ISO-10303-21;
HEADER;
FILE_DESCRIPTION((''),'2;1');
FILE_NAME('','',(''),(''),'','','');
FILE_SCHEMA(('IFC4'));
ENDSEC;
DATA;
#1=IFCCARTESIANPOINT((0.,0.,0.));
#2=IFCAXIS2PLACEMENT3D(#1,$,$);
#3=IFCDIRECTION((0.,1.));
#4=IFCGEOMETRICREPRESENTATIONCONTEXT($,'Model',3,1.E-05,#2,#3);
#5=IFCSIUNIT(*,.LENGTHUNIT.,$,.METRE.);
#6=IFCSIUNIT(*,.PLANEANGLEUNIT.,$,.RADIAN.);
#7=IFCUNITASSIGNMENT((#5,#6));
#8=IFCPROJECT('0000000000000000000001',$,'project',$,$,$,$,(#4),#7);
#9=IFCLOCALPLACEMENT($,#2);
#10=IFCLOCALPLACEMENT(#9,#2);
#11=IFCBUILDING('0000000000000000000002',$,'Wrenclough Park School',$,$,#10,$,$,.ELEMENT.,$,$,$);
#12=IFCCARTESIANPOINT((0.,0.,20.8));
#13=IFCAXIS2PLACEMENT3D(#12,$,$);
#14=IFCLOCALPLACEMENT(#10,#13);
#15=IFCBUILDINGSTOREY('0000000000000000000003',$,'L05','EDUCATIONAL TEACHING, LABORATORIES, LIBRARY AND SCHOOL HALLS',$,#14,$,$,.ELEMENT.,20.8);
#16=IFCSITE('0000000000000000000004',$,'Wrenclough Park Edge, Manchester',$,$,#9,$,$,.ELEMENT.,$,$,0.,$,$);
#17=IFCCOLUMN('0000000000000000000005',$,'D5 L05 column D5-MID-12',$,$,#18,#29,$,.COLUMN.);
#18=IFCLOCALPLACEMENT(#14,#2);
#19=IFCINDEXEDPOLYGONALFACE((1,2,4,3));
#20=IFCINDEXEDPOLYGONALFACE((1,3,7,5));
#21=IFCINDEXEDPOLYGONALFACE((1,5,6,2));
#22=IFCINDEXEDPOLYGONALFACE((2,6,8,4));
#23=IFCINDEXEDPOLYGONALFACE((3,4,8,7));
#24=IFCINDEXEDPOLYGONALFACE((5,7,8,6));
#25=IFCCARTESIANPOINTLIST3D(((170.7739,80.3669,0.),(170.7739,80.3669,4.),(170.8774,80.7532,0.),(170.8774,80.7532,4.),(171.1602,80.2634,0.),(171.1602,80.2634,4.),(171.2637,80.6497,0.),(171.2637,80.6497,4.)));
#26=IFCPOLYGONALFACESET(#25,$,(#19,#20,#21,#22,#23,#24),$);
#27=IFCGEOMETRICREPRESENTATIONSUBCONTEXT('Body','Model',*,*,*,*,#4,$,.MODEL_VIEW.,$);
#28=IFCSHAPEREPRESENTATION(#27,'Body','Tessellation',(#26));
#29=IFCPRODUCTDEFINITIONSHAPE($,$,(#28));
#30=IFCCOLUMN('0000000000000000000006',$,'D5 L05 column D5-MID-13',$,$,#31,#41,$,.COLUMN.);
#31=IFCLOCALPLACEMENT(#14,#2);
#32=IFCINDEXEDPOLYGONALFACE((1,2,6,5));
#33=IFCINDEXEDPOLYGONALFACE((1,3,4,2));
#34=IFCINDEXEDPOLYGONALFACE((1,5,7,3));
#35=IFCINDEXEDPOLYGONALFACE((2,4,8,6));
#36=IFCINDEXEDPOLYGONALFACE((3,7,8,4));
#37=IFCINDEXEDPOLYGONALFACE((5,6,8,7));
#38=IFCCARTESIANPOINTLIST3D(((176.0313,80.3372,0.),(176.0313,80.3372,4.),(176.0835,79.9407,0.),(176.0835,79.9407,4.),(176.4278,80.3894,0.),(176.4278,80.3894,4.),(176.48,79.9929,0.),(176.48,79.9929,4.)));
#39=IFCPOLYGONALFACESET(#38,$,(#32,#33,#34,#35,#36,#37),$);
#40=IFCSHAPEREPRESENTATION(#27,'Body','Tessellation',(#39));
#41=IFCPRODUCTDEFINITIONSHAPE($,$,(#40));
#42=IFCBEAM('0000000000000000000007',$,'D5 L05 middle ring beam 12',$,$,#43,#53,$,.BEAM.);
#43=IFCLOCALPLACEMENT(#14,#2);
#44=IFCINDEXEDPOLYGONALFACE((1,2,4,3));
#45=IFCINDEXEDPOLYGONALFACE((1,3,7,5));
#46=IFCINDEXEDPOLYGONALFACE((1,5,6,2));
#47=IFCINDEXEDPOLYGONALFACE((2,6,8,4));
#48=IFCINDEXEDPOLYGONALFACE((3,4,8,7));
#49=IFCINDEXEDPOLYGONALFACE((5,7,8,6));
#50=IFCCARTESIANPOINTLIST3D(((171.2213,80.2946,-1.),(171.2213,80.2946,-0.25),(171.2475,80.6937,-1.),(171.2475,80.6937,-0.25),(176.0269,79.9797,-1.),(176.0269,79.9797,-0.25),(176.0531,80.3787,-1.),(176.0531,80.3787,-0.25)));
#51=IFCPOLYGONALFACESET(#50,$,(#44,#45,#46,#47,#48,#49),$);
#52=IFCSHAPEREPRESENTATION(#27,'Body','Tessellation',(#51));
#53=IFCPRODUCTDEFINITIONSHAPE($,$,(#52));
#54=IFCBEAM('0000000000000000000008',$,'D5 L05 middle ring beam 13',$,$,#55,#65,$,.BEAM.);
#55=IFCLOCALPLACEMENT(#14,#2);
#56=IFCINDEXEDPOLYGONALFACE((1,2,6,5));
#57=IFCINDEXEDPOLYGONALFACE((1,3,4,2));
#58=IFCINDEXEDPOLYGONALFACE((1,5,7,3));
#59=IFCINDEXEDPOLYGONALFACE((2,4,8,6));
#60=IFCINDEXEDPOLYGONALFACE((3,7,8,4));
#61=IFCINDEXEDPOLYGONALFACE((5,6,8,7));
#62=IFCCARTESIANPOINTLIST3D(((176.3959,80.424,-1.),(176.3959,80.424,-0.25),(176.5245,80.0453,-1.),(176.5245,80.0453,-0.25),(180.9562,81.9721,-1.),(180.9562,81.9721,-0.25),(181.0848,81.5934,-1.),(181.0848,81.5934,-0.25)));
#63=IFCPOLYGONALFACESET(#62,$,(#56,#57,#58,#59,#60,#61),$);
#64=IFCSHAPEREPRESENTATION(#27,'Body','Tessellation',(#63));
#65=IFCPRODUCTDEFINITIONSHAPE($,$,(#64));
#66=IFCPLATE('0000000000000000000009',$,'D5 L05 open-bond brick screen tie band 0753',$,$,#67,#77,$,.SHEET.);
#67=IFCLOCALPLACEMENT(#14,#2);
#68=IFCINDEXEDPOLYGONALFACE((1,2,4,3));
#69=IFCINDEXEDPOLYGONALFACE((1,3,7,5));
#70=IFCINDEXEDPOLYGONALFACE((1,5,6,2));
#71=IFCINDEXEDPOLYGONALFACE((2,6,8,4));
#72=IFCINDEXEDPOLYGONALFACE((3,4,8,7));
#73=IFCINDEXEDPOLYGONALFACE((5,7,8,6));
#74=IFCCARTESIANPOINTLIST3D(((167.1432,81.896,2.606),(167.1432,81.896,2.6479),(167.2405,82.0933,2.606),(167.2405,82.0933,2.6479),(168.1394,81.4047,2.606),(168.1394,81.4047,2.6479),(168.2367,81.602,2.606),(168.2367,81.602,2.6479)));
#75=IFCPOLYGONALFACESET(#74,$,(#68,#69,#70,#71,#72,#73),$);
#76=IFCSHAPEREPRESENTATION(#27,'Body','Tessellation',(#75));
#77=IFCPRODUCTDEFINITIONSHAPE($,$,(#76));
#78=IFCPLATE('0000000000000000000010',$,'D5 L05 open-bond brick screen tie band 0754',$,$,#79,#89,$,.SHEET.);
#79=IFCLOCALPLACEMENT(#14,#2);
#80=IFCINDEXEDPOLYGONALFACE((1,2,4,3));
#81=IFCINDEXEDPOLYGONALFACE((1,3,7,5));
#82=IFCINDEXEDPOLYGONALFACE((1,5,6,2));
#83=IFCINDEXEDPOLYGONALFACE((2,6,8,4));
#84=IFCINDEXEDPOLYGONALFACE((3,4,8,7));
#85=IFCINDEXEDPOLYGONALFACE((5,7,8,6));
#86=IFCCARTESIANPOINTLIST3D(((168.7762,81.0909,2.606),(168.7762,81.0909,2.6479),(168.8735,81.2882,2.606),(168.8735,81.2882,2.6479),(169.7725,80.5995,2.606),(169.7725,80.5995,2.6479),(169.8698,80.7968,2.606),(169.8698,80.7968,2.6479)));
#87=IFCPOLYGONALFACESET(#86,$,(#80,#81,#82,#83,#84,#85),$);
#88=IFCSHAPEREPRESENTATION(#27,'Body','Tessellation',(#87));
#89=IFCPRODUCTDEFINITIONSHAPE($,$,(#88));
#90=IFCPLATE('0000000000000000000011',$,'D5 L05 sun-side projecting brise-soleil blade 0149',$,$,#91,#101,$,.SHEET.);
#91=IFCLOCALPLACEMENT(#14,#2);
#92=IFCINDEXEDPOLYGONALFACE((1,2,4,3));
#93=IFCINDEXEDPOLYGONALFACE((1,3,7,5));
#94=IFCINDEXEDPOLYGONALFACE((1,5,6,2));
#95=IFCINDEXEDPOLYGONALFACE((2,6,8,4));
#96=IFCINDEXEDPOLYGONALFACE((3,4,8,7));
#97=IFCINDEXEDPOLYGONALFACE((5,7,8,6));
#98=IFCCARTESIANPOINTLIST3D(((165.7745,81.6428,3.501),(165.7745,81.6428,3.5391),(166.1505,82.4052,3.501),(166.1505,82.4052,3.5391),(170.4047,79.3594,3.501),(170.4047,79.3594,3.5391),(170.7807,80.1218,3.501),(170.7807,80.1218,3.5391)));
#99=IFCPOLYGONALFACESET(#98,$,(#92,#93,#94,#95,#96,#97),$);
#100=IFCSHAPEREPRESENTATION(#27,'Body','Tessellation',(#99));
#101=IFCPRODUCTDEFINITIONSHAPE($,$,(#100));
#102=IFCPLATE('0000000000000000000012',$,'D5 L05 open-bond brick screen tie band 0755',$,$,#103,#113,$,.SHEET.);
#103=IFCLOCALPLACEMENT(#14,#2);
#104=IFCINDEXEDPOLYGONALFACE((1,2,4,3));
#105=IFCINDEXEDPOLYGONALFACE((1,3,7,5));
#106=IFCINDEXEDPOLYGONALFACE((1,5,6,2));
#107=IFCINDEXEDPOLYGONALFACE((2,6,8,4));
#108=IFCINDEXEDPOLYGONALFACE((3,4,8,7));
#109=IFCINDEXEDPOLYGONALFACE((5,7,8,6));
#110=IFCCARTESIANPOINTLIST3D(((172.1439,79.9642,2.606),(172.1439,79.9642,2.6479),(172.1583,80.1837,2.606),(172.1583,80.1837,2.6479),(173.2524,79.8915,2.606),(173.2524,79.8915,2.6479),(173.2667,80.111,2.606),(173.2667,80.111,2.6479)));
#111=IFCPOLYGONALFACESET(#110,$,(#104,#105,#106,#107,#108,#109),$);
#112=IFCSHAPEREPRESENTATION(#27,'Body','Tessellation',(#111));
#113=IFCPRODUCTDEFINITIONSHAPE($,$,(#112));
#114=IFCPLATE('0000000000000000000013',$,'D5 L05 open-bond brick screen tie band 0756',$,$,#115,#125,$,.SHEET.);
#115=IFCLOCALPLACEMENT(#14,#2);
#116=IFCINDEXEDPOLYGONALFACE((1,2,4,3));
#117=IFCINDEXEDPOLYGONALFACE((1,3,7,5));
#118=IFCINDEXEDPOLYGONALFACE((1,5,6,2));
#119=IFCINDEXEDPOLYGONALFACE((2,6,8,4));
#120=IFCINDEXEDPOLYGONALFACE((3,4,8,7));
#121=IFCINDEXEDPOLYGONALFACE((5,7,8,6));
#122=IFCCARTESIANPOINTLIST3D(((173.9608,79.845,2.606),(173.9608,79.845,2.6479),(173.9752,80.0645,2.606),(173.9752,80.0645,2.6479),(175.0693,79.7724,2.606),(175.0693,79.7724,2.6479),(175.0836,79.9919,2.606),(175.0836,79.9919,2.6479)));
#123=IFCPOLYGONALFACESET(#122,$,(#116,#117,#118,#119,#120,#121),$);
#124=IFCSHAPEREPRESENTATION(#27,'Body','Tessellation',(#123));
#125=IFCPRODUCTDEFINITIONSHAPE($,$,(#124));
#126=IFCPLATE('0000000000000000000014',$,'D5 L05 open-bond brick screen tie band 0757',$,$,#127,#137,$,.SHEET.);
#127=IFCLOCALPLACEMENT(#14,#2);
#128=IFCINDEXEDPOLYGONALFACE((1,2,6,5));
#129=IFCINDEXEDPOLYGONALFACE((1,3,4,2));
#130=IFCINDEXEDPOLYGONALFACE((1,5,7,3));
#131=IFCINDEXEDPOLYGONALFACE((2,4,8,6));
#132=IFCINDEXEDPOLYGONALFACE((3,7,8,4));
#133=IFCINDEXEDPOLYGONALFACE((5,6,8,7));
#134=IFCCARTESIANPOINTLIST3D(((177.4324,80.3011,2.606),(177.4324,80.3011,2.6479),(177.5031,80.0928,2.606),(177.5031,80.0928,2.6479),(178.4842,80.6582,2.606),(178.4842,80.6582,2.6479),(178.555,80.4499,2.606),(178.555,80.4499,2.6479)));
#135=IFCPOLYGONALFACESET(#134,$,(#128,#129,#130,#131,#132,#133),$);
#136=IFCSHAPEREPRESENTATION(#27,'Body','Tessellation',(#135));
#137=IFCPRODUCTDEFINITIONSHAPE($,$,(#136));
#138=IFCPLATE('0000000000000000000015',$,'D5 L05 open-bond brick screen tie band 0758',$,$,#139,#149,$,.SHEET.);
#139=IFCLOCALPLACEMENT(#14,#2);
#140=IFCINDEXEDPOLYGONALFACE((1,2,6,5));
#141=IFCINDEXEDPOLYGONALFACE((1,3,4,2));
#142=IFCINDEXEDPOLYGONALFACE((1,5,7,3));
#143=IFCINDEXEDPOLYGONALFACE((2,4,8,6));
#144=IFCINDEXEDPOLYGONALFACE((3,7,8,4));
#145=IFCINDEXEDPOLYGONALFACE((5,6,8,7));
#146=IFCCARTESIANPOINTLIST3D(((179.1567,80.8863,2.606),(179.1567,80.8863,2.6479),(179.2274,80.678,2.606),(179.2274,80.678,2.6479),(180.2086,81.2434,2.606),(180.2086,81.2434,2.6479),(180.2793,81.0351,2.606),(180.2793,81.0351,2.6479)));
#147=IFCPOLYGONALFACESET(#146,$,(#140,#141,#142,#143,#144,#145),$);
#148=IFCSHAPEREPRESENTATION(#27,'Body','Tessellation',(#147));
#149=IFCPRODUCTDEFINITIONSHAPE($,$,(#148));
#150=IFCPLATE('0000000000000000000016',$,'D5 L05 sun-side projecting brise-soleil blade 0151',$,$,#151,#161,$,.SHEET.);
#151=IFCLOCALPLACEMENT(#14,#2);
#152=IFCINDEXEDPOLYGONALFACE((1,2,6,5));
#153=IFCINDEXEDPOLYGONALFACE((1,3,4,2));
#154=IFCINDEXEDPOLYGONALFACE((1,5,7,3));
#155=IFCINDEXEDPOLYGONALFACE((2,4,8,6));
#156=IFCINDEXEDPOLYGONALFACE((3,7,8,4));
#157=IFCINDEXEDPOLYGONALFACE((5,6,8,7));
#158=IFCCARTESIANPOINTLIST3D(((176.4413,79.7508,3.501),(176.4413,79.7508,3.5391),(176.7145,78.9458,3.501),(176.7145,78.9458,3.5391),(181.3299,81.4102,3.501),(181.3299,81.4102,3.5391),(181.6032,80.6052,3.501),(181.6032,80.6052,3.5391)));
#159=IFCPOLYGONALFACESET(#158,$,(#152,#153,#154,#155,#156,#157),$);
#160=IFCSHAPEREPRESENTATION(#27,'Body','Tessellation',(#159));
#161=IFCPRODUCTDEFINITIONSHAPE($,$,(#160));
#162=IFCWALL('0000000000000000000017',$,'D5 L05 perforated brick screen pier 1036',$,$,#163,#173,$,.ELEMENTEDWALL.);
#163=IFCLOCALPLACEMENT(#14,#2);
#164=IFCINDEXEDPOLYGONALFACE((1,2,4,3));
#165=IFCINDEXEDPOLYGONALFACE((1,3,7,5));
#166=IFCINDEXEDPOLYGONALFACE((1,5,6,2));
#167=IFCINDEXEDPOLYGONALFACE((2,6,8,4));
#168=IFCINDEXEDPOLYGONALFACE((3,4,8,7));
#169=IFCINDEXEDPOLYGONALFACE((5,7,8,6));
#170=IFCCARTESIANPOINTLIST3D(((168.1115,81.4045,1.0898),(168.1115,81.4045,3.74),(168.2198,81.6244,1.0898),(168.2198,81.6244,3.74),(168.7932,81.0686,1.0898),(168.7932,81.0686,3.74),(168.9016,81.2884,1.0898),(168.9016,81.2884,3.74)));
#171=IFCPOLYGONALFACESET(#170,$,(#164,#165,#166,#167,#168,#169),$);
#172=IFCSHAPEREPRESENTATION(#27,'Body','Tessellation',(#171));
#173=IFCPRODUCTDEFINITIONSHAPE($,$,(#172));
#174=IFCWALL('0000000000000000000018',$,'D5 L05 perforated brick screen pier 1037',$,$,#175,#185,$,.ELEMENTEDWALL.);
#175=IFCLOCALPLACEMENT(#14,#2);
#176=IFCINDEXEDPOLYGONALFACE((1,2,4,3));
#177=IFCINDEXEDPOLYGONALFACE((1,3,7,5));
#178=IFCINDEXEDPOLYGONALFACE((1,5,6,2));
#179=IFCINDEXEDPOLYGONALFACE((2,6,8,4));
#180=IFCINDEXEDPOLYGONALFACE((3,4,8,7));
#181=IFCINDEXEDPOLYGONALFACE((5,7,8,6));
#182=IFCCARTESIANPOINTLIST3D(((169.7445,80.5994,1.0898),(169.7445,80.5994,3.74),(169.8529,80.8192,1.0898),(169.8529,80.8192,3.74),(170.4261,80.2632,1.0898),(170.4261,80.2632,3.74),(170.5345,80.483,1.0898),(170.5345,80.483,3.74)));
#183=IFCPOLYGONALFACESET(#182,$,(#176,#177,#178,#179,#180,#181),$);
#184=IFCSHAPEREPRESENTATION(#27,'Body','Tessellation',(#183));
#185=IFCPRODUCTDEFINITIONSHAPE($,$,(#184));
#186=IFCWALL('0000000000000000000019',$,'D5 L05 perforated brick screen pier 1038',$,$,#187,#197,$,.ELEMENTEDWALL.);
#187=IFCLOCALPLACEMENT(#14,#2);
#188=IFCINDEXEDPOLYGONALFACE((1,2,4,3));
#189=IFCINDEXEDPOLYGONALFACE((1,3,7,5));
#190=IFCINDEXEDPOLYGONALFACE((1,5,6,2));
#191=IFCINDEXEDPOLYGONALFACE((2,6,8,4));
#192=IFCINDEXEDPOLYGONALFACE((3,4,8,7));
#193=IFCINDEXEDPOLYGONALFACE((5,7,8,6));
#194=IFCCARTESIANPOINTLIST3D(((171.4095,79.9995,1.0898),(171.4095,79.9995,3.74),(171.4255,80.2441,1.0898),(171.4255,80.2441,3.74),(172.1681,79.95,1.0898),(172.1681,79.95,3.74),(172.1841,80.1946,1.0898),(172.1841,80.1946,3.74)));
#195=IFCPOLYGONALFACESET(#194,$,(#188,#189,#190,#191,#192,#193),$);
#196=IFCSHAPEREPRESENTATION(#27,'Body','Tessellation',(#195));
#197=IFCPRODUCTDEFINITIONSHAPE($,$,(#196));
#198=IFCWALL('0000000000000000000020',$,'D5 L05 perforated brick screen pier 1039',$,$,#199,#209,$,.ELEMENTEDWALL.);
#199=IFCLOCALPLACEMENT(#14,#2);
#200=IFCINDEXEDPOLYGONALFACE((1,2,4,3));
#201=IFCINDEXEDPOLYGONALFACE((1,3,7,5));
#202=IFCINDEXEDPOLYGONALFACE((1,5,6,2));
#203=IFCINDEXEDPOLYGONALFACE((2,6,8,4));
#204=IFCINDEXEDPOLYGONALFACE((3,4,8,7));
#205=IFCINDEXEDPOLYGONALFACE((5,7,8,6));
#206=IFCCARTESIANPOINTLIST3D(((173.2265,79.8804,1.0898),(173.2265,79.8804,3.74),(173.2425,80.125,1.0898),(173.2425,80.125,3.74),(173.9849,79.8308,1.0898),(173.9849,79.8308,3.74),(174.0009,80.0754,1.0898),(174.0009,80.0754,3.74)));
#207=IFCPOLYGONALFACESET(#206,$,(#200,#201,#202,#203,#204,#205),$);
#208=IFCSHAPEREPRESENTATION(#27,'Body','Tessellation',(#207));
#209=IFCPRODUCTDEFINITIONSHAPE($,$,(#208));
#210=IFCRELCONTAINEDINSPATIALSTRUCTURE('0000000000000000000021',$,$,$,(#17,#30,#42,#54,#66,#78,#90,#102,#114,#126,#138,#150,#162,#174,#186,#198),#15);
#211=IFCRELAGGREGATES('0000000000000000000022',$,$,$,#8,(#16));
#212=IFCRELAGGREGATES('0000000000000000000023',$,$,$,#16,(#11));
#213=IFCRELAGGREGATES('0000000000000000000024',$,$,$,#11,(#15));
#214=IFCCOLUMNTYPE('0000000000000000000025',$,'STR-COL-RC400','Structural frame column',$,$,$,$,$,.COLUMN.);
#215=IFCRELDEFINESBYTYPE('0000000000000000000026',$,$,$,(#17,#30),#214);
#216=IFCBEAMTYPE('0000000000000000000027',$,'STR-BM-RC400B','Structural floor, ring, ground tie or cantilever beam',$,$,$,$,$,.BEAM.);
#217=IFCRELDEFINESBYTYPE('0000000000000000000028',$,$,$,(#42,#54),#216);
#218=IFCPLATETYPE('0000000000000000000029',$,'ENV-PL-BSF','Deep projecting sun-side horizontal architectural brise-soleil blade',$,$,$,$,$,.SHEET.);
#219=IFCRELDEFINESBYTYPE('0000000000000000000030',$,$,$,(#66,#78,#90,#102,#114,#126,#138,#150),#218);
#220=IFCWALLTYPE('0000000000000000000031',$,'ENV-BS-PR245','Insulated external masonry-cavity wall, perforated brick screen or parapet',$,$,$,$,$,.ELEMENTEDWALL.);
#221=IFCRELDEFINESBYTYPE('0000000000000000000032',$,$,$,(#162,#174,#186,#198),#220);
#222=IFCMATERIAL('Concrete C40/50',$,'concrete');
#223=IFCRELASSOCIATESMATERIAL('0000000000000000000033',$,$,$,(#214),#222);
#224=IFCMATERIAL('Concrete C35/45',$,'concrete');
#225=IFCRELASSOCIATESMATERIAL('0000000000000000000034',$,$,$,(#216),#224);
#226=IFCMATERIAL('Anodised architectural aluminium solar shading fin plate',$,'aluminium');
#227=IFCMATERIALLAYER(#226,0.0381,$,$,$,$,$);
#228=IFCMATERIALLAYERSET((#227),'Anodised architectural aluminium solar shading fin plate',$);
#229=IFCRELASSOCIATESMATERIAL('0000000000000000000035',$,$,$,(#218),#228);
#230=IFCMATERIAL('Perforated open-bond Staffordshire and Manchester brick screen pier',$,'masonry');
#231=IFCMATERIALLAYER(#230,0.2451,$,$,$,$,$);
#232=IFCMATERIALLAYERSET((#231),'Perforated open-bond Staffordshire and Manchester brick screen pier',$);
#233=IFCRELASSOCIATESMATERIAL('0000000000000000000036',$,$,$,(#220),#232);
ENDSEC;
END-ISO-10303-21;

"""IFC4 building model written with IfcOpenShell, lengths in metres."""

from ifc_helpers import new_model, si_unit, direction, frame, frame_2d, origin, origin_2d, place, context, subcontext, project, spatial, rectangle, extrude, material, layer, layer_set, material_profile, profile_set, type_object, element, save


model = new_model("IFC4")

# Units and contexts
model_context = context("Model", 3, precision=1e-05, world=origin(), true_north=direction((0.0, 1.0)))
body_context = subcontext(model_context, "Body", "Model", "MODEL_VIEW")
ifc_project = project(units=[si_unit("LENGTHUNIT", "METRE"), si_unit("PLANEANGLEUNIT", "RADIAN")], contexts=[model_context])

# Site, building, storey
site_placement = place(None, origin())
site = spatial("IfcSite", under=ifc_project, at=site_placement, Name="Wrenclough Park Edge, Manchester", CompositionType="ELEMENT", RefElevation=0.0)
building_placement = place(site_placement, origin())
building = spatial("IfcBuilding", under=site, at=building_placement, Name="Wrenclough Park School", CompositionType="ELEMENT")
storey_placement = place(building_placement, frame((0.0, 0.0, 20.8)))
storey = spatial("IfcBuildingStorey", under=building, at=storey_placement, Name="L05", Description="EDUCATIONAL TEACHING, LABORATORIES, LIBRARY AND SCHOOL HALLS", CompositionType="ELEMENT", Elevation=20.8)

# Columns
ifc_material_1 = material(Name="Concrete C40/50", Category="concrete")
ifc_material_profile_1 = material_profile(ifc_material_1, rectangle(XDim=0.3999, YDim=0.3999, at=origin_2d()), Name="RC COL 400x400")
ifc_profile_set_1 = profile_set([ifc_material_profile_1], Name="Concrete C40/50")
column_type = type_object("IfcColumnType", Name="STR-COL-RC400", Description="Structural frame column", PredefinedType="COLUMN", material=ifc_profile_set_1)
for number, where, z_axis, x_axis, name in (
    (1, (171.0188, 80.5083, 0.0), (0.0, 0.0, 1.0), (0.965926, -0.258819, 0.0), "D5 L05 column D5-MID-12"),
    (2, (176.2556, 80.165, 0.0), (0.0, 0.0, 1.0), (0.991445, 0.130526, 0.0), "D5 L05 column D5-MID-13"),
):
    element("IfcColumn", number, at=place(storey_placement, frame(where, z_axis=z_axis, x_axis=x_axis)), inside=storey, type_object=column_type, Name=name, PredefinedType="COLUMN", context=body_context, shape_type="SweptSolid", body=[
        extrude(rectangle(XDim=0.3999, YDim=0.3999, at=origin_2d()), origin(), (0.0, 0.0, 1.0), 4.0),
    ])

# Beams
ifc_material_2 = material(Name="Concrete C35/45", Category="concrete")
ifc_material_profile_2 = material_profile(ifc_material_2, rectangle(XDim=0.3999, YDim=0.75, at=origin_2d()), Name="RC BEAM 400x750")
ifc_profile_set_2 = profile_set([ifc_material_profile_2], Name="Concrete C35/45")
beam_type = type_object("IfcBeamType", Name="STR-BM-RC400B", Description="Structural floor, ring, ground tie or cantilever beam", PredefinedType="BEAM", material=ifc_profile_set_2)
for number, where, z_axis, x_axis, name in (
    (3, (171.2344, 80.4941, -0.625), (0.997859, -0.065395, 0.0), (0.065395, 0.997859, 0.0), "D5 L05 middle ring beam 12"),
    (4, (176.4602, 80.2346, -0.625), (0.946925, 0.321455, 0.0), (-0.321455, 0.946925, 0.0), "D5 L05 middle ring beam 13"),
):
    element("IfcBeam", number, at=place(storey_placement, frame(where, z_axis=z_axis, x_axis=x_axis)), inside=storey, type_object=beam_type, Name=name, PredefinedType="BEAM", context=body_context, shape_type="SweptSolid", body=[
        extrude(rectangle(XDim=0.3999, YDim=0.75, at=origin_2d()), origin(), (0.0, 0.0, 1.0), 4.8159),
    ])

# Plates
ifc_material_3 = material(Name="Anodised architectural aluminium solar shading fin plate", Category="aluminium")
ifc_layer_1 = layer(ifc_material_3, 0.0381)
ifc_layer_set_1 = layer_set([ifc_layer_1], Name="Anodised architectural aluminium solar shading fin plate")
plate_type = type_object("IfcPlateType", Name="ENV-PL-BSF", Description="Deep projecting sun-side horizontal architectural brise-soleil blade", PredefinedType="SHEET", material=ifc_layer_set_1)
for number, where, z_axis, x_axis, name in (
    (5, (167.6899, 81.749, 2.606), (0.0, 0.0, 1.0), (0.896867, -0.442301, 0.0), "D5 L05 open-bond brick screen tie band 0753"),
    (6, (169.323, 80.9438, 2.606), (0.0, 0.0, 1.0), (0.896867, -0.442301, 0.0), "D5 L05 open-bond brick screen tie band 0754"),
):
    element("IfcPlate", number, at=place(storey_placement, frame(where, z_axis=z_axis, x_axis=x_axis)), inside=storey, type_object=plate_type, Name=name, PredefinedType="SHEET", context=body_context, shape_type="SweptSolid", body=[
        extrude(rectangle(XDim=1.1108, YDim=0.22, at=origin_2d()), origin(), (0.0, 0.0, 1.0), 0.042),
    ])
plate_1_placement = place(storey_placement, frame((168.2776, 80.8823, 3.501), z_axis=(0.0, 0.0, 1.0), x_axis=(0.896867, -0.442301, 0.0)))
element("IfcPlate", 7, at=plate_1_placement, inside=storey, type_object=plate_type, Name="D5 L05 sun-side projecting brise-soleil blade 0149", PredefinedType="SHEET", context=body_context, shape_type="SweptSolid", body=[
    extrude(rectangle(XDim=5.1626, YDim=0.8501, at=origin_2d()), origin(), (0.0, 0.0, 1.0), 0.0381),
])
for number, where, z_axis, x_axis, name in (
    (8, (172.7053, 80.0376, 2.606), (0.0, 0.0, 1.0), (0.99786, -0.06539, 0.0), "D5 L05 open-bond brick screen tie band 0755"),
    (9, (174.5222, 79.9185, 2.606), (0.0, 0.0, 1.0), (0.99786, -0.06539, 0.0), "D5 L05 open-bond brick screen tie band 0756"),
    (10, (177.9937, 80.3755, 2.606), (0.0, 0.0, 1.0), (0.946934, 0.321429, 0.0), "D5 L05 open-bond brick screen tie band 0757"),
    (11, (179.718, 80.9607, 2.606), (0.0, 0.0, 1.0), (0.946934, 0.321429, 0.0), "D5 L05 open-bond brick screen tie band 0758"),
):
    element("IfcPlate", number, at=place(storey_placement, frame(where, z_axis=z_axis, x_axis=x_axis)), inside=storey, type_object=plate_type, Name=name, PredefinedType="SHEET", context=body_context, shape_type="SweptSolid", body=[
        extrude(rectangle(XDim=1.1108, YDim=0.22, at=origin_2d()), origin(), (0.0, 0.0, 1.0), 0.042),
    ])
plate_2_placement = place(storey_placement, frame((179.0222, 80.178, 3.501), z_axis=(0.0, 0.0, 1.0), x_axis=(0.946934, 0.321429, 0.0)))
element("IfcPlate", 12, at=plate_2_placement, inside=storey, type_object=plate_type, Name="D5 L05 sun-side projecting brise-soleil blade 0151", PredefinedType="SHEET", context=body_context, shape_type="SweptSolid", body=[
    extrude(rectangle(XDim=5.1626, YDim=0.8501, at=origin_2d()), origin(), (0.0, 0.0, 1.0), 0.0381),
])

# Walls
ifc_material_4 = material(Name="Perforated open-bond Staffordshire and Manchester brick screen pier", Category="masonry")
ifc_layer_2 = layer(ifc_material_4, 0.2451)
ifc_layer_set_2 = layer_set([ifc_layer_2], Name="Perforated open-bond Staffordshire and Manchester brick screen pier")
wall_type_1 = type_object("IfcWallType", Name="ENV-BS-PR245", Description="Insulated external masonry-cavity wall, perforated brick screen or parapet", PredefinedType="ELEMENTEDWALL", material=ifc_layer_set_2)
for number, where, z_axis, x_axis, name in (
    (13, (168.1658, 81.5144, 1.0898), (0.0, 0.0, 1.0), (0.896983, -0.442066, 0.0), "D5 L05 perforated brick screen pier 1036"),
    (14, (169.7988, 80.7092, 1.0898), (0.0, 0.0, 1.0), (0.896855, -0.442324, 0.0), "D5 L05 perforated brick screen pier 1037"),
):
    element("IfcWall", number, at=place(storey_placement, frame(where, z_axis=z_axis, x_axis=x_axis)), inside=storey, type_object=wall_type_1, Name=name, PredefinedType="ELEMENTEDWALL", context=body_context, shape_type="SweptSolid", body=[
        extrude(rectangle(XDim=0.76, YDim=0.2451, at=frame_2d((0.3799, 0.0))), origin(), (0.0, 0.0, 1.0), 2.6501),
    ])
wall_1_placement = place(storey_placement, frame((171.4175, 80.1218, 1.0898), z_axis=(0.0, 0.0, 1.0), x_axis=(0.997872, -0.065197, 0.0)))
element("IfcWall", 15, at=wall_1_placement, inside=storey, type_object=wall_type_1, Name="D5 L05 perforated brick screen pier 1038", PredefinedType="ELEMENTEDWALL", context=body_context, shape_type="SweptSolid", body=[
    extrude(rectangle(XDim=0.7603, YDim=0.2451, at=frame_2d((0.3801, 0.0))), origin(), (0.0, 0.0, 1.0), 2.6501),
])
for number, where, z_axis, x_axis, name in (
    (16, (173.2346, 80.0027, 1.0898), (0.0, 0.0, 1.0), (0.997871, -0.065218, 0.0), "D5 L05 perforated brick screen pier 1039"),
):
    element("IfcWall", number, at=place(storey_placement, frame(where, z_axis=z_axis, x_axis=x_axis)), inside=storey, type_object=wall_type_1, Name=name, PredefinedType="ELEMENTEDWALL", context=body_context, shape_type="SweptSolid", body=[
        extrude(rectangle(XDim=0.76, YDim=0.2451, at=frame_2d((0.3799, 0.0))), origin(), (0.0, 0.0, 1.0), 2.6501),
    ])

save(model, "model.ifc")
